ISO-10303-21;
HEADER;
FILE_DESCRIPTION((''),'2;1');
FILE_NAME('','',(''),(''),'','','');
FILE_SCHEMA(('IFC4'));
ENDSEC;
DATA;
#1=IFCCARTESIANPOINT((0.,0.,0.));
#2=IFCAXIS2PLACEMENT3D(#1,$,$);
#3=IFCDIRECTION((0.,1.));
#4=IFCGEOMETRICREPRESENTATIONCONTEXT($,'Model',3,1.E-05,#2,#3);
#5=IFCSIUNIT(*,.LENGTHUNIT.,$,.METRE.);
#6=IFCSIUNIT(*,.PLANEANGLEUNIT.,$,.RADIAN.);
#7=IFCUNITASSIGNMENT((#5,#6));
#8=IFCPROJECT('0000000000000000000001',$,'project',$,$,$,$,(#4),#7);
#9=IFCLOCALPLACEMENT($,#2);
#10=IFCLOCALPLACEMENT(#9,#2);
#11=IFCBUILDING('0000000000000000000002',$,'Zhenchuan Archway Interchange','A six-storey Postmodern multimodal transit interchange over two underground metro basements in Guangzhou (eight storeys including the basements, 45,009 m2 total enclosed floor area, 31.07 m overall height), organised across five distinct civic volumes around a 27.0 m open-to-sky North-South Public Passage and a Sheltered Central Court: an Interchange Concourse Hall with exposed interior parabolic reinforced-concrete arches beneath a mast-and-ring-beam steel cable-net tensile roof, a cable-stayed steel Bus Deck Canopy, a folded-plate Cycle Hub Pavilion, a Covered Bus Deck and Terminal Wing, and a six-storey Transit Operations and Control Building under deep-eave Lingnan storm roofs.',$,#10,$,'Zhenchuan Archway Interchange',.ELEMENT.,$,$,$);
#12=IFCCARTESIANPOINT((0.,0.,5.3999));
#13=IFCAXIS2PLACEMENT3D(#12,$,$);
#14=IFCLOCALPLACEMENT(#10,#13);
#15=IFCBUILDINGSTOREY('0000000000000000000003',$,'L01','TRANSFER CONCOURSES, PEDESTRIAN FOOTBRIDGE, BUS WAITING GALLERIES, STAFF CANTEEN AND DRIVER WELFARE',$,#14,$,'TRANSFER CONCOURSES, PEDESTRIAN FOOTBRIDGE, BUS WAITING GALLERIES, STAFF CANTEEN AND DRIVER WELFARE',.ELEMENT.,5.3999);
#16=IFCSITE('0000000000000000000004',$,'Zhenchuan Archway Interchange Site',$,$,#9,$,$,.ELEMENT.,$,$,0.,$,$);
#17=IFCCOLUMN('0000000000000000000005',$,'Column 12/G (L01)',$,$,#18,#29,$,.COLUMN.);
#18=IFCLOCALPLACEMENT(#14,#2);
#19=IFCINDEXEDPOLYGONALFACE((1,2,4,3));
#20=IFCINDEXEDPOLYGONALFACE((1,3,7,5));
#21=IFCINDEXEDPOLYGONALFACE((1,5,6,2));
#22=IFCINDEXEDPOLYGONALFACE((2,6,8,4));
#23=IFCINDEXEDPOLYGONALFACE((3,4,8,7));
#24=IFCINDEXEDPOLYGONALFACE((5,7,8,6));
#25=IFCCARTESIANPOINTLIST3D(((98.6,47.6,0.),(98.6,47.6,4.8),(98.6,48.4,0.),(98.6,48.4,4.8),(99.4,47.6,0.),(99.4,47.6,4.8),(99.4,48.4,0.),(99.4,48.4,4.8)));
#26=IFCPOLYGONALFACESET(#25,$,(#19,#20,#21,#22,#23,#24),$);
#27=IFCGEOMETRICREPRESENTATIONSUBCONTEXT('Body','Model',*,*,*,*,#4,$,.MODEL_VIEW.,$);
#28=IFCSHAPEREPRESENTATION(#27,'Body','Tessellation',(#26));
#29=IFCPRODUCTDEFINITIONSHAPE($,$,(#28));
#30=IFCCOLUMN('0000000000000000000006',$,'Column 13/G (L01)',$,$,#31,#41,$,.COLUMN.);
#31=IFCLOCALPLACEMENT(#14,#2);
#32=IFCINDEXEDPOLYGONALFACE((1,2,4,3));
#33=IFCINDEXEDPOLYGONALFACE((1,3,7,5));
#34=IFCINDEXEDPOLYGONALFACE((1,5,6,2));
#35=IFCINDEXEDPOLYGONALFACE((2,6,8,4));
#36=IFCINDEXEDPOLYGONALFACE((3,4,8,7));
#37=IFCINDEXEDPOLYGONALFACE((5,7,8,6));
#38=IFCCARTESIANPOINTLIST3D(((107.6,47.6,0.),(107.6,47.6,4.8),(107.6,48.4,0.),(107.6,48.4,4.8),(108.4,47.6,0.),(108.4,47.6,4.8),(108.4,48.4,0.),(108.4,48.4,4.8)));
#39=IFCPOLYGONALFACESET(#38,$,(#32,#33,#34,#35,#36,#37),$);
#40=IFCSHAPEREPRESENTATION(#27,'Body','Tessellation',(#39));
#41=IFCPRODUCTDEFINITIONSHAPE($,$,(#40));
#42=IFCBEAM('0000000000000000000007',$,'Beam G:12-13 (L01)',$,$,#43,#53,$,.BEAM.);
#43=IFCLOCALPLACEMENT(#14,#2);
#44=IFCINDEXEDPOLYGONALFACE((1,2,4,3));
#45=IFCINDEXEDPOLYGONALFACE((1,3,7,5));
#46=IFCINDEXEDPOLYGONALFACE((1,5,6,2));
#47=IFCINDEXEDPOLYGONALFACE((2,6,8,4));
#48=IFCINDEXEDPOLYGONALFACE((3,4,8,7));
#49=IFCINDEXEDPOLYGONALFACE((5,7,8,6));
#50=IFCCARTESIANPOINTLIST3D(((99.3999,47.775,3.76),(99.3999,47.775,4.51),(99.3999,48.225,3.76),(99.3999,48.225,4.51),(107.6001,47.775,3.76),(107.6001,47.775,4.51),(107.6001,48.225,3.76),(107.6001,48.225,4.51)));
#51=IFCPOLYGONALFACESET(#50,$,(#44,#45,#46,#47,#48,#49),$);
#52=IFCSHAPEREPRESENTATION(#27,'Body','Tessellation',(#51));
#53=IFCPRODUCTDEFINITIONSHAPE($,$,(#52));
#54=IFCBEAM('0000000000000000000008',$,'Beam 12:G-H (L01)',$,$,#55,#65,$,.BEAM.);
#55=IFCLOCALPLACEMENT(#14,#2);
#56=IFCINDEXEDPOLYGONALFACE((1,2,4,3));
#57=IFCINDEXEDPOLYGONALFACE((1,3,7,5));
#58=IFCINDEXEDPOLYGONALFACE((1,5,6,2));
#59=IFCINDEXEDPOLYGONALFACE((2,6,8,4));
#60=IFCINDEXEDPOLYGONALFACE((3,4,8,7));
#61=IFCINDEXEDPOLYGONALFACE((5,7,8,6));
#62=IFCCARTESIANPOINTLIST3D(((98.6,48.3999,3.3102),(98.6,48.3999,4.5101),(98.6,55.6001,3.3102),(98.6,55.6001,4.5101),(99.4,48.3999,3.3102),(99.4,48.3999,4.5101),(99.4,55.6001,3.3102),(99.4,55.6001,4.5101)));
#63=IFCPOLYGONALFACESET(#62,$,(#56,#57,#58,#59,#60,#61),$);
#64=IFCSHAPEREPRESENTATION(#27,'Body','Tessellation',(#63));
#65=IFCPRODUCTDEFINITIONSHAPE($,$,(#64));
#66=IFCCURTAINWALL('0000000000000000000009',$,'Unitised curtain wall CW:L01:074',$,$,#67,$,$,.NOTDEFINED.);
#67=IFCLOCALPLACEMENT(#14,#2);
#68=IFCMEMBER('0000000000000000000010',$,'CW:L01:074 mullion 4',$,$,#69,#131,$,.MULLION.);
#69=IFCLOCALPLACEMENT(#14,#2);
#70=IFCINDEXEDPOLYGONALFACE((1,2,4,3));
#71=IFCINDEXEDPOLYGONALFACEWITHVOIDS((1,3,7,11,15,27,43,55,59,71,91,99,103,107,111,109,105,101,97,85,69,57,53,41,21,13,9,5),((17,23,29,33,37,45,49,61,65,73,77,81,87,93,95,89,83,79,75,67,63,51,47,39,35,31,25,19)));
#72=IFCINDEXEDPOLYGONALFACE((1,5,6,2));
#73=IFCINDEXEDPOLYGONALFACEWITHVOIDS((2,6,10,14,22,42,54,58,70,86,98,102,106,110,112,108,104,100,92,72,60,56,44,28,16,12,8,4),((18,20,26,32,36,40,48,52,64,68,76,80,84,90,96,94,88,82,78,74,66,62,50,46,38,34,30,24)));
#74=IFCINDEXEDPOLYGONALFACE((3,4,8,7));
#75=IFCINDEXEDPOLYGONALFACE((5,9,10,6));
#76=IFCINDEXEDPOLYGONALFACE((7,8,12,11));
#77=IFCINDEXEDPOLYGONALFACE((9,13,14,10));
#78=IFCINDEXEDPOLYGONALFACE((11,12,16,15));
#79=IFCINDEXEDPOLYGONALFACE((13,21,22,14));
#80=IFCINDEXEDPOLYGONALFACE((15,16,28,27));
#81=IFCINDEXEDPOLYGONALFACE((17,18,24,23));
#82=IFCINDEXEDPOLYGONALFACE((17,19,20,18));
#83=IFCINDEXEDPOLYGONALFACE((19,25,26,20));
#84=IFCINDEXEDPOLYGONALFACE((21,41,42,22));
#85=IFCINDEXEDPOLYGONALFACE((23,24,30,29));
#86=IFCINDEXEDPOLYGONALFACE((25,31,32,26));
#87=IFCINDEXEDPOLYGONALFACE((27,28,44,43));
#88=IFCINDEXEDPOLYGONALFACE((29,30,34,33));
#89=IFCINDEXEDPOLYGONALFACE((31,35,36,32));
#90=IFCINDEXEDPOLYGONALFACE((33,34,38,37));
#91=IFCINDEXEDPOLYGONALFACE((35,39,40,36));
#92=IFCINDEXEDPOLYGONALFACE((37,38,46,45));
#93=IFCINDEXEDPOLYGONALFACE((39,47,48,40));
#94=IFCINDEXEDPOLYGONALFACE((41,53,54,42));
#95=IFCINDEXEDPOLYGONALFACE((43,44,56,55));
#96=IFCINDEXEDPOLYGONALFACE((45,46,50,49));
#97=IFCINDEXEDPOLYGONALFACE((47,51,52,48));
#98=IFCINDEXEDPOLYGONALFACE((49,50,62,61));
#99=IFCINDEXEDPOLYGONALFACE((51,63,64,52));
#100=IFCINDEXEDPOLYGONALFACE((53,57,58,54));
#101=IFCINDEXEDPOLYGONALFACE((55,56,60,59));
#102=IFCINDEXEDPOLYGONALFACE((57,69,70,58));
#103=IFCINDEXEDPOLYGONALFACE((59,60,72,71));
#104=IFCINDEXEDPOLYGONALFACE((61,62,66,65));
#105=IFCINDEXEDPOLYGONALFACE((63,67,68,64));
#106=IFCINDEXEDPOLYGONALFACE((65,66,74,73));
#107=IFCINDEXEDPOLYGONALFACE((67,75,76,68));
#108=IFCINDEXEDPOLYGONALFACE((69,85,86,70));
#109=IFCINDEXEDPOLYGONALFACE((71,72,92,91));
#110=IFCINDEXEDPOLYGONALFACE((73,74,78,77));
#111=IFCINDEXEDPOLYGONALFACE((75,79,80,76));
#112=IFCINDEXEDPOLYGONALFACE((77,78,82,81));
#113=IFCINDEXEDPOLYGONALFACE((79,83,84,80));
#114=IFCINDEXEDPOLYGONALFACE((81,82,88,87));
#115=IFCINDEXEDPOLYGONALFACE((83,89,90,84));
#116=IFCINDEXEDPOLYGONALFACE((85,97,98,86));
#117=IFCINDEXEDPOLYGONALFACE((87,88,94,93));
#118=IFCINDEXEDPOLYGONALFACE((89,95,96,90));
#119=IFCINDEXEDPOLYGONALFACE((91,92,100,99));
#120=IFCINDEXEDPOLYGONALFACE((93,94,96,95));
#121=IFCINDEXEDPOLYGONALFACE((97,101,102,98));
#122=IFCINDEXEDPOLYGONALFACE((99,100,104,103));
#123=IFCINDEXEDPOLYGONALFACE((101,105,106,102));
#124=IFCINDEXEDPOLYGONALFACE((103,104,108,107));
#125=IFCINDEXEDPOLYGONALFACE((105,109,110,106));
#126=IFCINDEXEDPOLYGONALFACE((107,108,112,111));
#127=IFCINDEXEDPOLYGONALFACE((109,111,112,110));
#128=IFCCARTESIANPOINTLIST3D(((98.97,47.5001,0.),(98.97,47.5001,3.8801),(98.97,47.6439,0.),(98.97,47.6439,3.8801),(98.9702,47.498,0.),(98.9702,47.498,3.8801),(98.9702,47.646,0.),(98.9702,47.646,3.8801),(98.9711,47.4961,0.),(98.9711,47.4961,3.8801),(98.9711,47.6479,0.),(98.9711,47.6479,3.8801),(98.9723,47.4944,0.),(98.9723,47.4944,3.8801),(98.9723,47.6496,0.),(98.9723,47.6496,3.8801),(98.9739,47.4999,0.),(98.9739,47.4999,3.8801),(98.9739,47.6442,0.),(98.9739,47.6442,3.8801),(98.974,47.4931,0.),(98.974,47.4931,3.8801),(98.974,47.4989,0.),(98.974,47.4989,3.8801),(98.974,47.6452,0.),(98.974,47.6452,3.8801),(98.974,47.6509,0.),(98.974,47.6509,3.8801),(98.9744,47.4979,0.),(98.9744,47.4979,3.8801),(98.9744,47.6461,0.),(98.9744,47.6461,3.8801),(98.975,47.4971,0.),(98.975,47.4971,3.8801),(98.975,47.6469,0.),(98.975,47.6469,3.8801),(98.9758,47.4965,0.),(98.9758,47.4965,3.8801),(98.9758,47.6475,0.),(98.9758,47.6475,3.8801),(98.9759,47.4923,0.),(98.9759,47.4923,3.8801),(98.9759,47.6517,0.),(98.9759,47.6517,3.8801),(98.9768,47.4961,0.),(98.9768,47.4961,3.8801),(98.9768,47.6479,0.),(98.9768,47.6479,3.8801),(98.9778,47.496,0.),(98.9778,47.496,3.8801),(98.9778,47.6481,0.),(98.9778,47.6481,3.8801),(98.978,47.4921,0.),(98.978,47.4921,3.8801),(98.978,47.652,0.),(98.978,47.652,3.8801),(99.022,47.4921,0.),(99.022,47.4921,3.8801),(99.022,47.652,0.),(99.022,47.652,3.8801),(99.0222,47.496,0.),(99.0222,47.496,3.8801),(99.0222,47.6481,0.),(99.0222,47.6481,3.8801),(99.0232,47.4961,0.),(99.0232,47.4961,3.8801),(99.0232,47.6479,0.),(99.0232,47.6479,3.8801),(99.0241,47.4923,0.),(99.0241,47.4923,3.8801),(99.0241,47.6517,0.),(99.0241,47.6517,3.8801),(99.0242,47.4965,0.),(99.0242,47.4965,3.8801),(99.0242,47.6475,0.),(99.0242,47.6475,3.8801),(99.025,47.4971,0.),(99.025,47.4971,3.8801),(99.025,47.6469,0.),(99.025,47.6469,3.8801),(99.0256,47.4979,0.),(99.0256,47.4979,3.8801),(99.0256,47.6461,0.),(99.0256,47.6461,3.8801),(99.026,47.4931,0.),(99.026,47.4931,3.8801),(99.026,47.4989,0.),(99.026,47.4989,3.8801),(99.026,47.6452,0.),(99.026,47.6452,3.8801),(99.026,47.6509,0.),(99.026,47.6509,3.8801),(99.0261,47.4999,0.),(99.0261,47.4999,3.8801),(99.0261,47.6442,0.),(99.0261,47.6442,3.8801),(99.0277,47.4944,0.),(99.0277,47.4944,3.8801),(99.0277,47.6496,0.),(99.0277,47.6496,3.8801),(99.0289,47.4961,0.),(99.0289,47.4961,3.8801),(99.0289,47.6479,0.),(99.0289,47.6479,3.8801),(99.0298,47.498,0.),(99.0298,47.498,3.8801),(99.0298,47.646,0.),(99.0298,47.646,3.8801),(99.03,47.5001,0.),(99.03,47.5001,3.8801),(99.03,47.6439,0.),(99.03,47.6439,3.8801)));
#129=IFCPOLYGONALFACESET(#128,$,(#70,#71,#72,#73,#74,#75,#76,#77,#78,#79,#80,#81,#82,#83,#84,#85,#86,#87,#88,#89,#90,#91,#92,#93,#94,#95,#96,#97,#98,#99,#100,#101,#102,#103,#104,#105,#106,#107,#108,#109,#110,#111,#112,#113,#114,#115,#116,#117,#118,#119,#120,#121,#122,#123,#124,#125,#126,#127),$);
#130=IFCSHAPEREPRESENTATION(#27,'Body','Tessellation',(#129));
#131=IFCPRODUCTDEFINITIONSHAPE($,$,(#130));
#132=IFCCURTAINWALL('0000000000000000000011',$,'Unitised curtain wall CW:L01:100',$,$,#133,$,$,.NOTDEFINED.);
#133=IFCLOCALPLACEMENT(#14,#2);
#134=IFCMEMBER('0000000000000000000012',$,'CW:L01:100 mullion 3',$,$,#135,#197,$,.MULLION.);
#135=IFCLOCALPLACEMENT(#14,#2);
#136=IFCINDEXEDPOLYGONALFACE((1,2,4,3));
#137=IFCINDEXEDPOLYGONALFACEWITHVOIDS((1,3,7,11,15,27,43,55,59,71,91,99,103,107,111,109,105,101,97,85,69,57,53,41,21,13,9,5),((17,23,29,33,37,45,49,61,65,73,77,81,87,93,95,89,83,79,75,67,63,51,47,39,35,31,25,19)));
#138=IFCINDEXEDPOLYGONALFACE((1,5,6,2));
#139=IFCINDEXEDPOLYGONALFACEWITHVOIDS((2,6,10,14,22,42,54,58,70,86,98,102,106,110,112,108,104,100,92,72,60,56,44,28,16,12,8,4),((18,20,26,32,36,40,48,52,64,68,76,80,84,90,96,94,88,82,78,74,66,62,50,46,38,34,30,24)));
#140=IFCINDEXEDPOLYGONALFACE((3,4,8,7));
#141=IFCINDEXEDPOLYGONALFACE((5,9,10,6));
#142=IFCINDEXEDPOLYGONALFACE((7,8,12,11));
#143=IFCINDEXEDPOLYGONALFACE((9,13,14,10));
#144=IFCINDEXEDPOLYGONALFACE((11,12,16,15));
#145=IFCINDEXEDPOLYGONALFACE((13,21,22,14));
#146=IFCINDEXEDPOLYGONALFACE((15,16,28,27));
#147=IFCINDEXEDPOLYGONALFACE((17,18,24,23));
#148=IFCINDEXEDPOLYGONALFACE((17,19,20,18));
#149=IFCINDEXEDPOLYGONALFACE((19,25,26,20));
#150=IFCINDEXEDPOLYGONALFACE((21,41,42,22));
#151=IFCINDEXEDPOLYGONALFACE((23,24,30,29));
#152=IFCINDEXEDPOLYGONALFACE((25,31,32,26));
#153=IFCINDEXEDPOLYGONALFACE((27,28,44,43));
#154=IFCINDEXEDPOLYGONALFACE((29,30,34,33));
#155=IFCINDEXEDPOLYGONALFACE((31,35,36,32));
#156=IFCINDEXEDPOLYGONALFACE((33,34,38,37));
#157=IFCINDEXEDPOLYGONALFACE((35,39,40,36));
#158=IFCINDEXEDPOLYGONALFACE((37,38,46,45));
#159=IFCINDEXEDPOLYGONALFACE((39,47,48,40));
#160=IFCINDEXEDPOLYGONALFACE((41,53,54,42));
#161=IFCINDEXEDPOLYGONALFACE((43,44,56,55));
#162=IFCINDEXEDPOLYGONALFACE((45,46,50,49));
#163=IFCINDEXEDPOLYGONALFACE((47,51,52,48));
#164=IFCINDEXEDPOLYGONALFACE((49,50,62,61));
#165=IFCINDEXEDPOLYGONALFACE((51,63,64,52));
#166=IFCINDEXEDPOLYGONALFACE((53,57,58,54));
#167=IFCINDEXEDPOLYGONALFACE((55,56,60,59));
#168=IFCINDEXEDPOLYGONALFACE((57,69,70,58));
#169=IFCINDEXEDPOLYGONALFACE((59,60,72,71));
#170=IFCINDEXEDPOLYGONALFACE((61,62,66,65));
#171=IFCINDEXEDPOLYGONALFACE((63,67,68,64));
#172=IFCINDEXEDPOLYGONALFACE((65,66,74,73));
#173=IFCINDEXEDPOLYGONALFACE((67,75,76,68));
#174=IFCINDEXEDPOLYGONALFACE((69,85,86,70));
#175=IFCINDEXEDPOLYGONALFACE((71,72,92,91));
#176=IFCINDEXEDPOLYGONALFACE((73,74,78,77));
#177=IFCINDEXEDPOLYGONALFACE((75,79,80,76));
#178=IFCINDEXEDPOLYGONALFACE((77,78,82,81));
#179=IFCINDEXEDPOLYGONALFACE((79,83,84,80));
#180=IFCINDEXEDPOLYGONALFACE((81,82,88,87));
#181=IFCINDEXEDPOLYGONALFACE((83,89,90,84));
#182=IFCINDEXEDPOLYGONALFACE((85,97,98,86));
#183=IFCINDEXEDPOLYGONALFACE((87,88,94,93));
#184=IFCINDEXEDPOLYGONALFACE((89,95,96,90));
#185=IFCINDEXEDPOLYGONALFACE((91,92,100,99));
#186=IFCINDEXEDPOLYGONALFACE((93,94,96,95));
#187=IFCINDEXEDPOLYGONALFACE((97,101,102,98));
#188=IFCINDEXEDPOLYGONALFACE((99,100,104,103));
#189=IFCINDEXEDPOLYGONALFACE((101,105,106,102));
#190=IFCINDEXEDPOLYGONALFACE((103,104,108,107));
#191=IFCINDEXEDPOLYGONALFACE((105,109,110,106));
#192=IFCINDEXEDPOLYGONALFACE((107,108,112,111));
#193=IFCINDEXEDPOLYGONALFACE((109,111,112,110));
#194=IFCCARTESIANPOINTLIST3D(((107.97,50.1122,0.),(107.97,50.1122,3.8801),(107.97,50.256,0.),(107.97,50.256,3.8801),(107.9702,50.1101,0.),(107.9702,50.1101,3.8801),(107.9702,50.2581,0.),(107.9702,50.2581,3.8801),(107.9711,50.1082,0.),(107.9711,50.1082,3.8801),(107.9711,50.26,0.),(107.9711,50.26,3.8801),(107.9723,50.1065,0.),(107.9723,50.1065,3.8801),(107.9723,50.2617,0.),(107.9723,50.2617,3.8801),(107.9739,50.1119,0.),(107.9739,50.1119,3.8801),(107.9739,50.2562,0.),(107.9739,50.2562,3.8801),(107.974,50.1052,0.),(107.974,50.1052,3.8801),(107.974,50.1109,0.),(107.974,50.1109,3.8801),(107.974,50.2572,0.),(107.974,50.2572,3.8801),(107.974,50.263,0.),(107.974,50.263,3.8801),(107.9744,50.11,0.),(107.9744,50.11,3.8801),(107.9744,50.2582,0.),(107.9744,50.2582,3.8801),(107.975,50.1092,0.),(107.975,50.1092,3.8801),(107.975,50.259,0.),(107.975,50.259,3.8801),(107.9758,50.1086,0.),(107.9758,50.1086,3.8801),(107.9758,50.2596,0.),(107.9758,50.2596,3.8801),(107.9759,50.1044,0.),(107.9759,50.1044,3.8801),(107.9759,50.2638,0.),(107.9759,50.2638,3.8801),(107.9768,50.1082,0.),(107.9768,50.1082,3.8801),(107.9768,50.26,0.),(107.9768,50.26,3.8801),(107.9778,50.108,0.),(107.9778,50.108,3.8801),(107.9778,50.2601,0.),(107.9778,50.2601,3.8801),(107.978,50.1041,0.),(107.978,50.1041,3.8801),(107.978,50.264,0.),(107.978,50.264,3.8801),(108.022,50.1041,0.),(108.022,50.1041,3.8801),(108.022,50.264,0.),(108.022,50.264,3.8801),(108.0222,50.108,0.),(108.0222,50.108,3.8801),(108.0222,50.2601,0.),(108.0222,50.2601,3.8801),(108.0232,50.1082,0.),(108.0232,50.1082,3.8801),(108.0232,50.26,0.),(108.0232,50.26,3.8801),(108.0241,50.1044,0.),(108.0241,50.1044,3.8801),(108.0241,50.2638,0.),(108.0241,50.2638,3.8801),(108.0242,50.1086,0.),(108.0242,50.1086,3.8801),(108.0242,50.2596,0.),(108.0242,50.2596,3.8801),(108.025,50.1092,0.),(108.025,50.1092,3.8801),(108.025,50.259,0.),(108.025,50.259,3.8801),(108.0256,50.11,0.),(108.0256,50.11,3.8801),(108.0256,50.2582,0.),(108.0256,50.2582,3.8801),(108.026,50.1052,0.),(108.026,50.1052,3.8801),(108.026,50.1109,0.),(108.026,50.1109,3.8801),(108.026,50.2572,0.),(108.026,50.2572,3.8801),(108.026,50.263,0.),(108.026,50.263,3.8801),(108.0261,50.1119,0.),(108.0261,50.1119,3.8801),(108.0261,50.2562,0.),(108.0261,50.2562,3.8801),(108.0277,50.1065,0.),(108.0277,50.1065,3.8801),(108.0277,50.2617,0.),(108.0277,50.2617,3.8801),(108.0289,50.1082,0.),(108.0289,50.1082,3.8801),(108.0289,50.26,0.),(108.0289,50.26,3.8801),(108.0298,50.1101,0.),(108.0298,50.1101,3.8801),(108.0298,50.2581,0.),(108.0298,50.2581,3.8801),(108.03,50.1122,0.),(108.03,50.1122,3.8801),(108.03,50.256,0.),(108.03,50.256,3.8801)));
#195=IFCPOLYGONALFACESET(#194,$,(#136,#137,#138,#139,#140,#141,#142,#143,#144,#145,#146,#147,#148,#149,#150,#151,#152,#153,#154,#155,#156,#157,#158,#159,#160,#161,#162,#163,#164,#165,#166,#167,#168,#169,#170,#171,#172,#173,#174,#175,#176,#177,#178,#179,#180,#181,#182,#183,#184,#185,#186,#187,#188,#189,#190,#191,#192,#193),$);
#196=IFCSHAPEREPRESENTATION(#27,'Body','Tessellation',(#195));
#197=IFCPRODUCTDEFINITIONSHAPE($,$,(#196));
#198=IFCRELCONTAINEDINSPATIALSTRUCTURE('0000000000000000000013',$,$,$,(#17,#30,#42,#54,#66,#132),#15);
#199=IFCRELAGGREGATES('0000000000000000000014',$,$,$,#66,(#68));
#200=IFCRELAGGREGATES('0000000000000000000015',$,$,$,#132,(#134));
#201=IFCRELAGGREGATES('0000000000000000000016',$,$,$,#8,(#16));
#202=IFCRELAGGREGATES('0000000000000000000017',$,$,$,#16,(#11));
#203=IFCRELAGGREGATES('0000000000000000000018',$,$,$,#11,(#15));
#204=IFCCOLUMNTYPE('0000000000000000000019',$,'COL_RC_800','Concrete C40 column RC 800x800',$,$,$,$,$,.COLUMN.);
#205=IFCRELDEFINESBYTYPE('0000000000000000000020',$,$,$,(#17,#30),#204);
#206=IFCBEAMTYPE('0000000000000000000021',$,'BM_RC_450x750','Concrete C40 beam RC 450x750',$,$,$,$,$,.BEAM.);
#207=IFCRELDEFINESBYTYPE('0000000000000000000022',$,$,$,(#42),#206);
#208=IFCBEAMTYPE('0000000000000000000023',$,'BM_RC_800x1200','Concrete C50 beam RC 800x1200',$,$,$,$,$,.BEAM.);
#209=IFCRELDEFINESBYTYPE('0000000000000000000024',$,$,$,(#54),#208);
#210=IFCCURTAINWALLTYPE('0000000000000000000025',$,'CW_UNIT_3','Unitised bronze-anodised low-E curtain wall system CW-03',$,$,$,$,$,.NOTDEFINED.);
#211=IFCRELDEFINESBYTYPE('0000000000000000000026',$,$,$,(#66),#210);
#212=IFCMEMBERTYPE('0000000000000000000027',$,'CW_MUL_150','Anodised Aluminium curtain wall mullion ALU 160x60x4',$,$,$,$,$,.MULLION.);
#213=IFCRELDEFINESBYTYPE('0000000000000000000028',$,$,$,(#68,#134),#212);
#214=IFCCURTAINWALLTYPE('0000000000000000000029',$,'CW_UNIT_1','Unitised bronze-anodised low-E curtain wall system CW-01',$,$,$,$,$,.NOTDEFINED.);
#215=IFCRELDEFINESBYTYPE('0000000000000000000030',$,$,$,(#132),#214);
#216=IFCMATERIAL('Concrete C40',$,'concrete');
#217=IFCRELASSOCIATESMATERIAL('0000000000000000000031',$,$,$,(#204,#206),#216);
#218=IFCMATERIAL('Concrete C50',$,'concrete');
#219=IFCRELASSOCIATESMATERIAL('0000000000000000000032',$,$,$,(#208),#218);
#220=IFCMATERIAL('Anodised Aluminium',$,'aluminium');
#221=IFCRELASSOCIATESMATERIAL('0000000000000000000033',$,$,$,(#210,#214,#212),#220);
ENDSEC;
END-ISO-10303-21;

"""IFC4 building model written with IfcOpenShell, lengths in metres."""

from ifc_helpers import new_model, si_unit, direction, frame, origin, origin_2d, place, context, subcontext, project, spatial, rectangle, hollow_rectangle, extrude, material, material_profile, profile_set, type_object, element, aggregate, save


model = new_model("IFC4")

# Units and contexts
model_context = context("Model", 3, precision=1e-05, world=origin(), true_north=direction((0.0, 1.0)))
body_context = subcontext(model_context, "Body", "Model", "MODEL_VIEW")
ifc_project = project(units=[si_unit("LENGTHUNIT", "METRE"), si_unit("PLANEANGLEUNIT", "RADIAN")], contexts=[model_context])

# Site, building, storey
site_placement = place(None, origin())
site = spatial("IfcSite", under=ifc_project, at=site_placement, Name="Zhenchuan Archway Interchange Site", CompositionType="ELEMENT", RefElevation=0.0)
building_placement = place(site_placement, origin())
building = spatial("IfcBuilding", under=site, at=building_placement, Name="Zhenchuan Archway Interchange", Description="A six-storey Postmodern multimodal transit interchange over two underground metro basements in Guangzhou (eight storeys including the basements, 45,009 m2 total enclosed floor area, 31.07 m overall height), organised across five distinct civic volumes around a 27.0 m open-to-sky North-South Public Passage and a Sheltered Central Court: an Interchange Concourse Hall with exposed interior parabolic reinforced-concrete arches beneath a mast-and-ring-beam steel cable-net tensile roof, a cable-stayed steel Bus Deck Canopy, a folded-plate Cycle Hub Pavilion, a Covered Bus Deck and Terminal Wing, and a six-storey Transit Operations and Control Building under deep-eave Lingnan storm roofs.", LongName="Zhenchuan Archway Interchange", CompositionType="ELEMENT")
storey_placement = place(building_placement, frame((0.0, 0.0, 5.3999)))
storey = spatial("IfcBuildingStorey", under=building, at=storey_placement, Name="L01", Description="TRANSFER CONCOURSES, PEDESTRIAN FOOTBRIDGE, BUS WAITING GALLERIES, STAFF CANTEEN AND DRIVER WELFARE", LongName="TRANSFER CONCOURSES, PEDESTRIAN FOOTBRIDGE, BUS WAITING GALLERIES, STAFF CANTEEN AND DRIVER WELFARE", CompositionType="ELEMENT", Elevation=5.3999)

# Columns
ifc_material_1 = material(Name="Concrete C40", Category="concrete")
ifc_material_profile_1 = material_profile(ifc_material_1, rectangle(XDim=0.8, YDim=0.8, at=origin_2d()), Name="RC 800x800")
ifc_profile_set_1 = profile_set([ifc_material_profile_1], Name="Concrete C40")
column_type = type_object("IfcColumnType", Name="COL_RC_800", Description="Concrete C40 column RC 800x800", PredefinedType="COLUMN", material=ifc_profile_set_1)
for number, where, z_axis, x_axis, name in (
    (1, (99.0, 48.0, 0.0), (0.0, 0.0, 1.0), (1.0, 0.0, 0.0), "Column 12/G (L01)"),
    (2, (108.0, 48.0, 0.0), (0.0, 0.0, 1.0), (1.0, 0.0, 0.0), "Column 13/G (L01)"),
):
    element("IfcColumn", number, at=place(storey_placement, frame(where, z_axis=z_axis, x_axis=x_axis)), inside=storey, type_object=column_type, Name=name, PredefinedType="COLUMN", context=body_context, shape_type="SweptSolid", body=[
        extrude(rectangle(XDim=0.8, YDim=0.8, at=origin_2d()), origin(), (0.0, 0.0, 1.0), 4.8),
    ])

# Beams
ifc_material_profile_2 = material_profile(ifc_material_1, rectangle(XDim=0.45, YDim=0.75, at=origin_2d()), Name="RC 450x750")
ifc_profile_set_2 = profile_set([ifc_material_profile_2], Name="Concrete C40")
beam_type_1 = type_object("IfcBeamType", Name="BM_RC_450x750", Description="Concrete C40 beam RC 450x750", PredefinedType="BEAM", material=ifc_profile_set_2)
beam_1_placement = place(storey_placement, frame((99.3999, 48.0, 4.135), z_axis=(1.0, 0.0, 0.0), x_axis=(0.0, 1.0, 0.0)))
element("IfcBeam", 3, at=beam_1_placement, inside=storey, type_object=beam_type_1, Name="Beam G:12-13 (L01)", PredefinedType="BEAM", context=body_context, shape_type="SweptSolid", body=[
    extrude(rectangle(XDim=0.45, YDim=0.75, at=origin_2d()), origin(), (0.0, 0.0, 1.0), 8.2002),
])
ifc_material_2 = material(Name="Concrete C50", Category="concrete")
ifc_material_profile_3 = material_profile(ifc_material_2, rectangle(XDim=0.8, YDim=1.2, at=origin_2d()), Name="RC 800x1200")
ifc_profile_set_3 = profile_set([ifc_material_profile_3], Name="Concrete C50")
beam_type_2 = type_object("IfcBeamType", Name="BM_RC_800x1200", Description="Concrete C50 beam RC 800x1200", PredefinedType="BEAM", material=ifc_profile_set_3)
beam_2_placement = place(storey_placement, frame((99.0, 48.3999, 3.9102), z_axis=(0.0, 1.0, 0.0), x_axis=(-1.0, 0.0, 0.0)))
element("IfcBeam", 4, at=beam_2_placement, inside=storey, type_object=beam_type_2, Name="Beam 12:G-H (L01)", PredefinedType="BEAM", context=body_context, shape_type="SweptSolid", body=[
    extrude(rectangle(XDim=0.8, YDim=1.2, at=origin_2d()), origin(), (0.0, 0.0, 1.0), 7.2002),
])

# Curtain wall, member
ifc_material_3 = material(Name="Anodised Aluminium", Category="aluminium")
curtain_wall_type_1 = type_object("IfcCurtainWallType", Name="CW_UNIT_3", Description="Unitised bronze-anodised low-E curtain wall system CW-03", PredefinedType="NOTDEFINED", material=ifc_material_3)
curtain_wall_1_placement = place(storey_placement, origin())
curtain_wall_1 = element("IfcCurtainWall", 5, at=curtain_wall_1_placement, inside=storey, type_object=curtain_wall_type_1, Name="Unitised curtain wall CW:L01:074", PredefinedType="NOTDEFINED")
ifc_material_profile_4 = material_profile(ifc_material_3, hollow_rectangle(XDim=0.0601, YDim=0.1599, WallThickness=0.0039, InnerFilletRadius=0.0039, OuterFilletRadius=0.0081, at=origin_2d()), Name="ALU 160x60x4")
ifc_profile_set_4 = profile_set([ifc_material_profile_4], Name="Anodised Aluminium")
member_type_1 = type_object("IfcMemberType", Name="CW_MUL_150", Description="Anodised Aluminium curtain wall mullion ALU 160x60x4", PredefinedType="MULLION", material=ifc_profile_set_4)
member_1_placement = place(storey_placement, frame((99.0, 47.572, 0.0), z_axis=(0.0, 0.0, 1.0), x_axis=(1.0, 0.0, 0.0)))
member_1 = element("IfcMember", 6, at=member_1_placement, type_object=member_type_1, Name="CW:L01:074 mullion 4", PredefinedType="MULLION", context=body_context, shape_type="SweptSolid", body=[
    extrude(hollow_rectangle(XDim=0.0601, YDim=0.1599, WallThickness=0.0039, InnerFilletRadius=0.0039, OuterFilletRadius=0.0081, at=origin_2d()), origin(), (0.0, 0.0, 1.0), 3.8801),
])

# Curtain wall, member
curtain_wall_type_2 = type_object("IfcCurtainWallType", Name="CW_UNIT_1", Description="Unitised bronze-anodised low-E curtain wall system CW-01", PredefinedType="NOTDEFINED", material=ifc_material_3)
curtain_wall_2_placement = place(storey_placement, origin())
curtain_wall_2 = element("IfcCurtainWall", 7, at=curtain_wall_2_placement, inside=storey, type_object=curtain_wall_type_2, Name="Unitised curtain wall CW:L01:100", PredefinedType="NOTDEFINED")
member_2_placement = place(storey_placement, frame((108.0, 50.1841, 0.0), z_axis=(0.0, 0.0, 1.0), x_axis=(1.0, 0.0, 0.0)))
member_2 = element("IfcMember", 8, at=member_2_placement, type_object=member_type_1, Name="CW:L01:100 mullion 3", PredefinedType="MULLION", context=body_context, shape_type="SweptSolid", body=[
    extrude(hollow_rectangle(XDim=0.0601, YDim=0.1599, WallThickness=0.0039, InnerFilletRadius=0.0039, OuterFilletRadius=0.0081, at=origin_2d()), origin(), (0.0, 0.0, 1.0), 3.8801),
])

aggregate(curtain_wall_1, [member_1])
aggregate(curtain_wall_2, [member_2])

save(model, "model.ifc")
